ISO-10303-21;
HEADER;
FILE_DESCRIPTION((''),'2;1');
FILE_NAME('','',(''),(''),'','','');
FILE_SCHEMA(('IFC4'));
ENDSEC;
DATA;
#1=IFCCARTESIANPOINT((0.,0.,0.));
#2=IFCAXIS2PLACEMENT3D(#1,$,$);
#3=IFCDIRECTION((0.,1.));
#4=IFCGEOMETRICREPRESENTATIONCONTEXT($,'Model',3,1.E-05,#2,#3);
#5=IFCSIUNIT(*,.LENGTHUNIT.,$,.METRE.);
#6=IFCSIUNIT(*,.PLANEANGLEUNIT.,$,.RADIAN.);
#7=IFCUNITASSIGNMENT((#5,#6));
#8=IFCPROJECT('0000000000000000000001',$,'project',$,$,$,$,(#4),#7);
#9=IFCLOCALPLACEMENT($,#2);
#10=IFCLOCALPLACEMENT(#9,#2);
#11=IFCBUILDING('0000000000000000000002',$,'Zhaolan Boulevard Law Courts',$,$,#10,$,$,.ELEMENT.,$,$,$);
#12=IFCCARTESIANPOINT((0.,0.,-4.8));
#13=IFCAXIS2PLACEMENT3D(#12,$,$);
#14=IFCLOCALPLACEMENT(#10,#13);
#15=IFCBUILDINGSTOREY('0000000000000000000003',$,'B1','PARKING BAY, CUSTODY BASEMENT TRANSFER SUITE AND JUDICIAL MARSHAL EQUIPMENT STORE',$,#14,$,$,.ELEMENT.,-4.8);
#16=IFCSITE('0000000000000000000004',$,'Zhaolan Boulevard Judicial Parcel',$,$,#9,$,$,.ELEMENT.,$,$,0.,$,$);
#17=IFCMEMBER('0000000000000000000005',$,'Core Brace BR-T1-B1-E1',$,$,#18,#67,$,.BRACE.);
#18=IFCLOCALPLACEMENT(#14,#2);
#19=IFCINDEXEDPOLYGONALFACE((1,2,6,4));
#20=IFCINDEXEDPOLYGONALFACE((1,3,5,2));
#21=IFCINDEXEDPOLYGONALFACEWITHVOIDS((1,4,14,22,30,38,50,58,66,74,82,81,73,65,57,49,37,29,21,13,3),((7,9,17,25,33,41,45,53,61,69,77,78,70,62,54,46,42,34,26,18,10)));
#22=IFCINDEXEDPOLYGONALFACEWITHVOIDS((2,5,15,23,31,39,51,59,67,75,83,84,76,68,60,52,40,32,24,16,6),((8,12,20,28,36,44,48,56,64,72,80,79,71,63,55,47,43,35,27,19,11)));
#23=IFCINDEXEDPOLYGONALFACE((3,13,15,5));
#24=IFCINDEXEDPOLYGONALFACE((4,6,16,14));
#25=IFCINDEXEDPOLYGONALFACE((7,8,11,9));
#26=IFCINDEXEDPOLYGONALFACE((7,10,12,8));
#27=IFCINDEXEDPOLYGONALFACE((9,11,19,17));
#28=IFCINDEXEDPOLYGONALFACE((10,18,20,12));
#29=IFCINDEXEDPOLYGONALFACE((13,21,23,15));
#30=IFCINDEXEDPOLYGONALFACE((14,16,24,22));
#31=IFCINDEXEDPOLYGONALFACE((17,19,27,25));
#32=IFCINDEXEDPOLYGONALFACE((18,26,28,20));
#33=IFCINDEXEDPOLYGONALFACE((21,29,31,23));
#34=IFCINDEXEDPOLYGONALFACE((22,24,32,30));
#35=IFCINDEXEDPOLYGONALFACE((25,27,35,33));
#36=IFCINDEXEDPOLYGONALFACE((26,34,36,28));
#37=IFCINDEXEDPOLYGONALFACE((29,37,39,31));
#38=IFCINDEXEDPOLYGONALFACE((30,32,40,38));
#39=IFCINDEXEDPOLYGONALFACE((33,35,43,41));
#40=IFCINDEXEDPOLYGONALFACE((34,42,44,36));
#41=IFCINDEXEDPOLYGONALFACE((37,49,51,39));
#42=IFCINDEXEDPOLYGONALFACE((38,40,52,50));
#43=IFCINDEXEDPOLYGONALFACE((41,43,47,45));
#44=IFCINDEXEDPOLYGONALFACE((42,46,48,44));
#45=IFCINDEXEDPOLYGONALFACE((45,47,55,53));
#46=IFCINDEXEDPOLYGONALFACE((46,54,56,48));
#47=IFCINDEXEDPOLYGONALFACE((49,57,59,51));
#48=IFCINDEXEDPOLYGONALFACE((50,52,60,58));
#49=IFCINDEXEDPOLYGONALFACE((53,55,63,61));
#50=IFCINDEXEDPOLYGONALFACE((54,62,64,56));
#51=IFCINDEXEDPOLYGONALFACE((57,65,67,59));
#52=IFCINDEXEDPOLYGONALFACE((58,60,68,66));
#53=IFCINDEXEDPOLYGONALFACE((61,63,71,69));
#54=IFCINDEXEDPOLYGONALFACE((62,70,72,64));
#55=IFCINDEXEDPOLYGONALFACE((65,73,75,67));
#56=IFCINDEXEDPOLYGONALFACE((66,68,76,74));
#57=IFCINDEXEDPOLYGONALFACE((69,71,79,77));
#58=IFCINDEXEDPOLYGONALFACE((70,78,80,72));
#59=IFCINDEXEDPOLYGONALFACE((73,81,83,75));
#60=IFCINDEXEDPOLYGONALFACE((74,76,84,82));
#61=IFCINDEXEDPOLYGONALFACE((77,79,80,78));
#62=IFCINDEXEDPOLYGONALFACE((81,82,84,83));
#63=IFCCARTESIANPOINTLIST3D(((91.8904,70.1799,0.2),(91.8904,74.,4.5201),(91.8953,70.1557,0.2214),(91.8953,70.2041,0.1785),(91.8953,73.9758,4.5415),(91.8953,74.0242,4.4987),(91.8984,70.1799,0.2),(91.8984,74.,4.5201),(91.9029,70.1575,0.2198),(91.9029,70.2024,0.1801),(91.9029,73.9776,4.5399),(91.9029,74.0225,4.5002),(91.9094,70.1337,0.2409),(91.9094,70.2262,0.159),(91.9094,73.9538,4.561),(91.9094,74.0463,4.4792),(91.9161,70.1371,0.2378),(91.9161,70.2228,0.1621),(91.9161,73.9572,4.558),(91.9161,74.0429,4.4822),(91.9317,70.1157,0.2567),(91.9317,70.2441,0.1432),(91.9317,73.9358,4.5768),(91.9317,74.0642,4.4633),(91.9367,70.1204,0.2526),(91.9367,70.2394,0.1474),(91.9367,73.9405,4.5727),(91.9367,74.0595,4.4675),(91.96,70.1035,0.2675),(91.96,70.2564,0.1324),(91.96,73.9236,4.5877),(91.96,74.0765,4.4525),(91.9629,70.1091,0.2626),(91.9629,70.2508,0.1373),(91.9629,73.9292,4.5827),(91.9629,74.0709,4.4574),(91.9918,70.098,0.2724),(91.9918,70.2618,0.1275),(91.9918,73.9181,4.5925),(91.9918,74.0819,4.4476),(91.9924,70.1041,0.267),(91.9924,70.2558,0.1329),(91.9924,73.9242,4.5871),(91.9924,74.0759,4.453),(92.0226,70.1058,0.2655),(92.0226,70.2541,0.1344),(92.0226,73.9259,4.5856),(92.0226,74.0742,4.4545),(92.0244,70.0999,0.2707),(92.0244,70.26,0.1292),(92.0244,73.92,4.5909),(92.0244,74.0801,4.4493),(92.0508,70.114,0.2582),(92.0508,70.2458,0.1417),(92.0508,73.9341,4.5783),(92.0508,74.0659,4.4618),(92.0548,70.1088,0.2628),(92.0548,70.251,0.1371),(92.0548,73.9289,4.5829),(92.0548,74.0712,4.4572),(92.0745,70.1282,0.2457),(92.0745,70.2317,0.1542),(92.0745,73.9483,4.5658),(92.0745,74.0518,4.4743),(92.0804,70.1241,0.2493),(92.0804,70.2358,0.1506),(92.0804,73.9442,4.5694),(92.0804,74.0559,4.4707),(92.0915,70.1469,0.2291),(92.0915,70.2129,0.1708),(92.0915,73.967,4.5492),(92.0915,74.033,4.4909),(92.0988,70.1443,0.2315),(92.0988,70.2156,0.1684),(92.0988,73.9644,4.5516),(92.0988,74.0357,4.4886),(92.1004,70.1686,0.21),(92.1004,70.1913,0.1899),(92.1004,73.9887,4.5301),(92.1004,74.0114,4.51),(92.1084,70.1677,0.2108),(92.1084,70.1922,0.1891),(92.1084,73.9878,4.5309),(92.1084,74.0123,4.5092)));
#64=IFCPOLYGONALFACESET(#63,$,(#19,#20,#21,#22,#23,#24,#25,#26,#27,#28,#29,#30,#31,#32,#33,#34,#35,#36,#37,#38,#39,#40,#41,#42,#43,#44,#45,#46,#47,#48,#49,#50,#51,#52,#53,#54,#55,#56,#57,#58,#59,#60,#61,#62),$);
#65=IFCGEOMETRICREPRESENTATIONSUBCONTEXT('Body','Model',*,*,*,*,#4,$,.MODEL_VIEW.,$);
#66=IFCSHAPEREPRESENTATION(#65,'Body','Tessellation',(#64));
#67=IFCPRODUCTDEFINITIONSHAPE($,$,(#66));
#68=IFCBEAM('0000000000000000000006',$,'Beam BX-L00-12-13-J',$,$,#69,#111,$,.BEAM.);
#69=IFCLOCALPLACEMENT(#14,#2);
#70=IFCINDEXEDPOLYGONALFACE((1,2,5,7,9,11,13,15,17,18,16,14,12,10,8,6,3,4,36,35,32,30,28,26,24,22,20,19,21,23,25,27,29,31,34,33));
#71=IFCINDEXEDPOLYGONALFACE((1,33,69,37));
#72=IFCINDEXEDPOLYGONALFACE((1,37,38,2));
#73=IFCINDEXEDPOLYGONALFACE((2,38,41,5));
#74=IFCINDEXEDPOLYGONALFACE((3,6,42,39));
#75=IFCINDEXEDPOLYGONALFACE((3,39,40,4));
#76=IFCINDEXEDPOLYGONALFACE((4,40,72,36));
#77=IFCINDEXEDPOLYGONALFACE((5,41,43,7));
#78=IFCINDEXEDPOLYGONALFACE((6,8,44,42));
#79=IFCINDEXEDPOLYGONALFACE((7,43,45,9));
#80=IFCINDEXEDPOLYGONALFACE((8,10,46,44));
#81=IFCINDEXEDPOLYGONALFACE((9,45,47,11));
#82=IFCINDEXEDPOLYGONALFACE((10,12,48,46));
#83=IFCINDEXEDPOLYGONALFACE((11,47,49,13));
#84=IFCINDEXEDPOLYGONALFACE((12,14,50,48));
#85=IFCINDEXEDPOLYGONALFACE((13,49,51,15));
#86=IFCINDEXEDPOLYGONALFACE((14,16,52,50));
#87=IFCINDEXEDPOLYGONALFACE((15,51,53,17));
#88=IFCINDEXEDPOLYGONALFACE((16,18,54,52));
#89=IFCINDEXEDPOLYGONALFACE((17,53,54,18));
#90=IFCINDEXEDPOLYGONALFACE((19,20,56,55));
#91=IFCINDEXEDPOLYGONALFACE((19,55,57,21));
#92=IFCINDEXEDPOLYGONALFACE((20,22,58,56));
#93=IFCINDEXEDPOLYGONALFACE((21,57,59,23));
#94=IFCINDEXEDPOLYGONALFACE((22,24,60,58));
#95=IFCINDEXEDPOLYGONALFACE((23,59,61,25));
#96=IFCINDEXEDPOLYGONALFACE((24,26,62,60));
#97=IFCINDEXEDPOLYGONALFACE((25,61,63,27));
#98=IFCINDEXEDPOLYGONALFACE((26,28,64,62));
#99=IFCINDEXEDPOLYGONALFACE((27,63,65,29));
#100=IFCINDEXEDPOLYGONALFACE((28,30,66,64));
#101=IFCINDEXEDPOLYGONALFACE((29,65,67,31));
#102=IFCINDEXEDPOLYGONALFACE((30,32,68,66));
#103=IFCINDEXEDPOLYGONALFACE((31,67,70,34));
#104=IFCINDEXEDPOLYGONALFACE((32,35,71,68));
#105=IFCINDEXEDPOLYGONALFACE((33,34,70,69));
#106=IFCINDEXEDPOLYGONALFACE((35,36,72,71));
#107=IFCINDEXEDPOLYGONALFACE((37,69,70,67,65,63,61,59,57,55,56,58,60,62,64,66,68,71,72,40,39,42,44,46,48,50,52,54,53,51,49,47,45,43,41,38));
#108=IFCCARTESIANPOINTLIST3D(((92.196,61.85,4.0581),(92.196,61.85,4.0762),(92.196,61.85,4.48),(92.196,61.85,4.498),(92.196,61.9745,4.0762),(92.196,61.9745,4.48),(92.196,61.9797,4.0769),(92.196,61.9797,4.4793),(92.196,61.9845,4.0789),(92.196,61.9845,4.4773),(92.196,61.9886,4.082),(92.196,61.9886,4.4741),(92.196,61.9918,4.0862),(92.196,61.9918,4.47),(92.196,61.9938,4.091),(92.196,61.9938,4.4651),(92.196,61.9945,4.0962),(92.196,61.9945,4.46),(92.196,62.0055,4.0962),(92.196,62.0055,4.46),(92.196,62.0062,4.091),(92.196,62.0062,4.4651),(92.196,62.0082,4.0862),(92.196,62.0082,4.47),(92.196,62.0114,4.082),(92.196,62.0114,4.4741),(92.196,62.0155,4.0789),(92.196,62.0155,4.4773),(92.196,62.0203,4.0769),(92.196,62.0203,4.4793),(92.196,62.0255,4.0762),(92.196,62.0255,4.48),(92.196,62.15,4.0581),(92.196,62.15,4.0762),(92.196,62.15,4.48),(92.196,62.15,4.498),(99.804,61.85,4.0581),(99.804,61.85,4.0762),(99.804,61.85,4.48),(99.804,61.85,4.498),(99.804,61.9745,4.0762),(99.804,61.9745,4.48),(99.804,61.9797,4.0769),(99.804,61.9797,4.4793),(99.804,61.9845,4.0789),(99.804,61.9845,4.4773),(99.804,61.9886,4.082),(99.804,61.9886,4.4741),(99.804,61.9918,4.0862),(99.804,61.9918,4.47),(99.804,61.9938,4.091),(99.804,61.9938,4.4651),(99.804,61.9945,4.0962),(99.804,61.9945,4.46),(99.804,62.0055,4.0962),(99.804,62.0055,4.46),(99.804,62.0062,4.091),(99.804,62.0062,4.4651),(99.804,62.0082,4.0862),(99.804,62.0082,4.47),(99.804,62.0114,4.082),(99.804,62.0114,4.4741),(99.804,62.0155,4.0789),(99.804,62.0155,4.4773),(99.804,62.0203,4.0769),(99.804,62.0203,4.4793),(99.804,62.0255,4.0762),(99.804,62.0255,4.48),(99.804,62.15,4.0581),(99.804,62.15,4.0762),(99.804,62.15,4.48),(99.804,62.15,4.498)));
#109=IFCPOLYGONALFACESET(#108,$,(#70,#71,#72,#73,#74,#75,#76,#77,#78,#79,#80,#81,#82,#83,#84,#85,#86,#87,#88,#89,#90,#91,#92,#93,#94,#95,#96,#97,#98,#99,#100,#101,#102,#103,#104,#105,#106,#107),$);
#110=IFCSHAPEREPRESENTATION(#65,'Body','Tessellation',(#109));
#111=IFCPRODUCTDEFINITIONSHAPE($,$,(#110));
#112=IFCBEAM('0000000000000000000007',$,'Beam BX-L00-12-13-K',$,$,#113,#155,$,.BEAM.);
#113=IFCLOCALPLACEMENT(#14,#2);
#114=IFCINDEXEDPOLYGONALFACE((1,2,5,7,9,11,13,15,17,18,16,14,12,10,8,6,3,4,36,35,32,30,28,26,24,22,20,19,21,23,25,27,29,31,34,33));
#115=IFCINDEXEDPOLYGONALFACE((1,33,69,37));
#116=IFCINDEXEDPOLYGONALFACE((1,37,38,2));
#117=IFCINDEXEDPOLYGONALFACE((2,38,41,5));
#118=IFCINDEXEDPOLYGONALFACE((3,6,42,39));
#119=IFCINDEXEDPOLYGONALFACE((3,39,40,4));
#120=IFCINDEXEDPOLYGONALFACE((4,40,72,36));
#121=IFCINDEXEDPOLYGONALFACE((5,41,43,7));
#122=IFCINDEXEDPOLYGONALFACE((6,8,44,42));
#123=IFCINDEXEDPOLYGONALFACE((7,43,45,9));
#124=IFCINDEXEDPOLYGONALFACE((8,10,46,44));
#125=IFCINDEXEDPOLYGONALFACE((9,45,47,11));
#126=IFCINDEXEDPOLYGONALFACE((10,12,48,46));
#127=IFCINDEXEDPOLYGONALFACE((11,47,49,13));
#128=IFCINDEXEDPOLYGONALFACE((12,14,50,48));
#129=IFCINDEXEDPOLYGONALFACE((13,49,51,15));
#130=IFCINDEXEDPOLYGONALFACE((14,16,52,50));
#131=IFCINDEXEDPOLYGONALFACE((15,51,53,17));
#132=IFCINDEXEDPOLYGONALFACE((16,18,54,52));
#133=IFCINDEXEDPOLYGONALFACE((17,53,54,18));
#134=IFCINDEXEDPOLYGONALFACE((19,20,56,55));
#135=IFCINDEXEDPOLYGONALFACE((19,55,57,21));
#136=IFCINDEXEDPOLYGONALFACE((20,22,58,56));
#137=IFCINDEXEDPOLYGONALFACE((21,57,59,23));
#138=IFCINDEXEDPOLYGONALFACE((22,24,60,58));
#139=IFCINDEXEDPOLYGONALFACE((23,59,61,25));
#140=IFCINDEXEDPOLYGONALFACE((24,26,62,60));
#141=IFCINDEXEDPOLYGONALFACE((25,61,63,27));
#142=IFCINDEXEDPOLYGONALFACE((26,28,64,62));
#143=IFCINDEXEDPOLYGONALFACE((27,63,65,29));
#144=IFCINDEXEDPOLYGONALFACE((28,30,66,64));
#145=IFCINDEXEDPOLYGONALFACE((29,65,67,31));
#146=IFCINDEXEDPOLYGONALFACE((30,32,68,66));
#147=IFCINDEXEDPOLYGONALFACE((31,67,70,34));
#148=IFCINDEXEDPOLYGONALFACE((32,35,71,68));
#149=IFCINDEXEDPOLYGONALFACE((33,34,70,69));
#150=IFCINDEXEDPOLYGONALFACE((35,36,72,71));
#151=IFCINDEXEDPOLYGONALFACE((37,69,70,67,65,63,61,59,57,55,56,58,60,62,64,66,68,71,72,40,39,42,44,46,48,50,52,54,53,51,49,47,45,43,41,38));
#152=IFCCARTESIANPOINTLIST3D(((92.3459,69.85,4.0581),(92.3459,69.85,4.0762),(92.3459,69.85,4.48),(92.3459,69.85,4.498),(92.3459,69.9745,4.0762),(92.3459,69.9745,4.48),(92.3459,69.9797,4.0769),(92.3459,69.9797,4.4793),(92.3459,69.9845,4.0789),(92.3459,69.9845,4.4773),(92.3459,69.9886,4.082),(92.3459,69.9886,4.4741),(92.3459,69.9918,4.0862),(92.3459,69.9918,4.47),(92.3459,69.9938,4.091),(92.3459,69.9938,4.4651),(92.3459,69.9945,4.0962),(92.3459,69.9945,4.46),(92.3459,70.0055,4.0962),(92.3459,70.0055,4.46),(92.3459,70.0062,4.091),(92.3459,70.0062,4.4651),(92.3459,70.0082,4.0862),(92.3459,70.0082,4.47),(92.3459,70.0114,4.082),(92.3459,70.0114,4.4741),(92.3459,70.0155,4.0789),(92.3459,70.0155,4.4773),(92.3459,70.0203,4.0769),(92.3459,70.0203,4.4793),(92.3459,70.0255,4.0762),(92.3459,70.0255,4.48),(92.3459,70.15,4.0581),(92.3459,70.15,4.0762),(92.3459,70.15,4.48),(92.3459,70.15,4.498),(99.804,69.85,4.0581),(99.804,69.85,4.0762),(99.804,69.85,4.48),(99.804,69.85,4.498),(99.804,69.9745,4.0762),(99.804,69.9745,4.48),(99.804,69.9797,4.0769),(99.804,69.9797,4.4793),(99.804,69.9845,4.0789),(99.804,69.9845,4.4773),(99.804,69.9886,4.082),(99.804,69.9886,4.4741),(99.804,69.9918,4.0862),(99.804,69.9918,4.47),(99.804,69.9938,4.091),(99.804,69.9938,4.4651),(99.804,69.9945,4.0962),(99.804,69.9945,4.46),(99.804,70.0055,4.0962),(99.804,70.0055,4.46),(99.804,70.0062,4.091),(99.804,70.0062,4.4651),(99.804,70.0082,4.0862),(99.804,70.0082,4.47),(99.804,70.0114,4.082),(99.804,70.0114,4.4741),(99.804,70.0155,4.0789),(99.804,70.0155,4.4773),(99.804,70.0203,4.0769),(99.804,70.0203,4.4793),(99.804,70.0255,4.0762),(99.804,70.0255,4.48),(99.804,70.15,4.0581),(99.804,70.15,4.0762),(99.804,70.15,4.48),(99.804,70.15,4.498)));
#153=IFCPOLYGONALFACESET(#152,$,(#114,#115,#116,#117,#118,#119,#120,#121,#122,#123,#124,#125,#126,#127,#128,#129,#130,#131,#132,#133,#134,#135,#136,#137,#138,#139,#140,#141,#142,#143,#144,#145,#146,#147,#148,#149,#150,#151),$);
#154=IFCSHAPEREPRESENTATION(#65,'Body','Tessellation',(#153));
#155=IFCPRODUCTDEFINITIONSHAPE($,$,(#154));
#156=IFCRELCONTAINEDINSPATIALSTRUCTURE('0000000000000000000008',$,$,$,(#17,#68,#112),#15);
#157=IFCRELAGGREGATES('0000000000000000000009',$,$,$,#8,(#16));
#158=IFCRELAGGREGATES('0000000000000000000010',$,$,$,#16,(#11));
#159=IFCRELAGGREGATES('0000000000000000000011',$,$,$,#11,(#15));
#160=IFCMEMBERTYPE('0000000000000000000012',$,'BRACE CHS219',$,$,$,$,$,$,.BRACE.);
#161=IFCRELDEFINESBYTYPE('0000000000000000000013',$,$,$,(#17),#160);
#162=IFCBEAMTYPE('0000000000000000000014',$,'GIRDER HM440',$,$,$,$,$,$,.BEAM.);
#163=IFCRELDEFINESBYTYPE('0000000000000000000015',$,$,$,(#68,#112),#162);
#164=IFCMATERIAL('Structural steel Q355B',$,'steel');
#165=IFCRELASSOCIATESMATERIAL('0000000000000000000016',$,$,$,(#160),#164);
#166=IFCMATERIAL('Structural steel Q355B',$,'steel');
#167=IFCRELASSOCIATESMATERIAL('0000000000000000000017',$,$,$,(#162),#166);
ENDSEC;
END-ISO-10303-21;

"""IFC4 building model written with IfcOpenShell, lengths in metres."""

from ifc_helpers import new_model, si_unit, direction, frame, origin, origin_2d, place, context, subcontext, project, spatial, hollow_circle, i_section, extrude, material, material_profile, profile_set, type_object, element, save


model = new_model("IFC4")

# Units and contexts
model_context = context("Model", 3, precision=1e-05, world=origin(), true_north=direction((0.0, 1.0)))
body_context = subcontext(model_context, "Body", "Model", "MODEL_VIEW")
ifc_project = project(units=[si_unit("LENGTHUNIT", "METRE"), si_unit("PLANEANGLEUNIT", "RADIAN")], contexts=[model_context])

# Site, building, storey
site_placement = place(None, origin())
site = spatial("IfcSite", under=ifc_project, at=site_placement, Name="Zhaolan Boulevard Judicial Parcel", CompositionType="ELEMENT", RefElevation=0.0)
building_placement = place(site_placement, origin())
building = spatial("IfcBuilding", under=site, at=building_placement, Name="Zhaolan Boulevard Law Courts", CompositionType="ELEMENT")
storey_placement = place(building_placement, frame((0.0, 0.0, -4.8)))
storey = spatial("IfcBuildingStorey", under=building, at=storey_placement, Name="B1", Description="PARKING BAY, CUSTODY BASEMENT TRANSFER SUITE AND JUDICIAL MARSHAL EQUIPMENT STORE", CompositionType="ELEMENT", Elevation=-4.8)

# Member
ifc_material_1 = material(Name="Structural steel Q355B", Category="steel")
ifc_material_profile_1 = material_profile(ifc_material_1, hollow_circle(Radius=0.1096, WallThickness=0.0081, at=origin_2d()), Name="CHS219x8")
ifc_profile_set_1 = profile_set([ifc_material_profile_1], Name="Structural steel Q355B")
member_type = type_object("IfcMemberType", Name="BRACE CHS219", PredefinedType="BRACE", material=ifc_profile_set_1)
for number, where, z_axis, x_axis, name in (
    (1, (92.0, 70.1799, 0.2), (0.0, 0.662425, 0.749128), (-1.0, 0.0, 0.0), "Core Brace BR-T1-B1-E1"),
):
    element("IfcMember", number, at=place(storey_placement, frame(where, z_axis=z_axis, x_axis=x_axis)), inside=storey, type_object=member_type, Name=name, PredefinedType="BRACE", context=body_context, shape_type="SweptSolid", body=[
        extrude(hollow_circle(Radius=0.1096, WallThickness=0.0081, at=origin_2d()), origin(), (0.0, 0.0, 1.0), 5.7668),
    ])

# Beams
ifc_material_2 = material(Name="Structural steel Q355B", Category="steel")
ifc_material_profile_2 = material_profile(ifc_material_2, i_section(OverallWidth=0.3, OverallDepth=0.4399, WebThickness=0.011, FlangeThickness=0.0181, FilletRadius=0.02, at=origin_2d()), Name="HM440x300")
ifc_profile_set_2 = profile_set([ifc_material_profile_2], Name="Structural steel Q355B")
beam_type_1 = type_object("IfcBeamType", Name="GIRDER HM440", PredefinedType="BEAM", material=ifc_profile_set_2)
beam_1_placement = place(storey_placement, frame((92.196, 62.0, 4.2781), z_axis=(1.0, 0.0, 0.0), x_axis=(0.0, 1.0, 0.0)))
element("IfcBeam", 2, at=beam_1_placement, inside=storey, type_object=beam_type_1, Name="Beam BX-L00-12-13-J", PredefinedType="BEAM", context=body_context, shape_type="SweptSolid", body=[
    extrude(i_section(OverallWidth=0.3, OverallDepth=0.4399, WebThickness=0.011, FlangeThickness=0.0181, FilletRadius=0.02, at=origin_2d()), origin(), (0.0, 0.0, 1.0), 7.6079),
])
beam_2_placement = place(storey_placement, frame((92.3459, 70.0, 4.2781), z_axis=(1.0, 0.0, 0.0), x_axis=(0.0, 1.0, 0.0)))
element("IfcBeam", 3, at=beam_2_placement, inside=storey, type_object=beam_type_1, Name="Beam BX-L00-12-13-K", PredefinedType="BEAM", context=body_context, shape_type="SweptSolid", body=[
    extrude(i_section(OverallWidth=0.3, OverallDepth=0.4399, WebThickness=0.011, FlangeThickness=0.0181, FilletRadius=0.02, at=origin_2d()), origin(), (0.0, 0.0, 1.0), 7.458),
])

save(model, "model.ifc")
